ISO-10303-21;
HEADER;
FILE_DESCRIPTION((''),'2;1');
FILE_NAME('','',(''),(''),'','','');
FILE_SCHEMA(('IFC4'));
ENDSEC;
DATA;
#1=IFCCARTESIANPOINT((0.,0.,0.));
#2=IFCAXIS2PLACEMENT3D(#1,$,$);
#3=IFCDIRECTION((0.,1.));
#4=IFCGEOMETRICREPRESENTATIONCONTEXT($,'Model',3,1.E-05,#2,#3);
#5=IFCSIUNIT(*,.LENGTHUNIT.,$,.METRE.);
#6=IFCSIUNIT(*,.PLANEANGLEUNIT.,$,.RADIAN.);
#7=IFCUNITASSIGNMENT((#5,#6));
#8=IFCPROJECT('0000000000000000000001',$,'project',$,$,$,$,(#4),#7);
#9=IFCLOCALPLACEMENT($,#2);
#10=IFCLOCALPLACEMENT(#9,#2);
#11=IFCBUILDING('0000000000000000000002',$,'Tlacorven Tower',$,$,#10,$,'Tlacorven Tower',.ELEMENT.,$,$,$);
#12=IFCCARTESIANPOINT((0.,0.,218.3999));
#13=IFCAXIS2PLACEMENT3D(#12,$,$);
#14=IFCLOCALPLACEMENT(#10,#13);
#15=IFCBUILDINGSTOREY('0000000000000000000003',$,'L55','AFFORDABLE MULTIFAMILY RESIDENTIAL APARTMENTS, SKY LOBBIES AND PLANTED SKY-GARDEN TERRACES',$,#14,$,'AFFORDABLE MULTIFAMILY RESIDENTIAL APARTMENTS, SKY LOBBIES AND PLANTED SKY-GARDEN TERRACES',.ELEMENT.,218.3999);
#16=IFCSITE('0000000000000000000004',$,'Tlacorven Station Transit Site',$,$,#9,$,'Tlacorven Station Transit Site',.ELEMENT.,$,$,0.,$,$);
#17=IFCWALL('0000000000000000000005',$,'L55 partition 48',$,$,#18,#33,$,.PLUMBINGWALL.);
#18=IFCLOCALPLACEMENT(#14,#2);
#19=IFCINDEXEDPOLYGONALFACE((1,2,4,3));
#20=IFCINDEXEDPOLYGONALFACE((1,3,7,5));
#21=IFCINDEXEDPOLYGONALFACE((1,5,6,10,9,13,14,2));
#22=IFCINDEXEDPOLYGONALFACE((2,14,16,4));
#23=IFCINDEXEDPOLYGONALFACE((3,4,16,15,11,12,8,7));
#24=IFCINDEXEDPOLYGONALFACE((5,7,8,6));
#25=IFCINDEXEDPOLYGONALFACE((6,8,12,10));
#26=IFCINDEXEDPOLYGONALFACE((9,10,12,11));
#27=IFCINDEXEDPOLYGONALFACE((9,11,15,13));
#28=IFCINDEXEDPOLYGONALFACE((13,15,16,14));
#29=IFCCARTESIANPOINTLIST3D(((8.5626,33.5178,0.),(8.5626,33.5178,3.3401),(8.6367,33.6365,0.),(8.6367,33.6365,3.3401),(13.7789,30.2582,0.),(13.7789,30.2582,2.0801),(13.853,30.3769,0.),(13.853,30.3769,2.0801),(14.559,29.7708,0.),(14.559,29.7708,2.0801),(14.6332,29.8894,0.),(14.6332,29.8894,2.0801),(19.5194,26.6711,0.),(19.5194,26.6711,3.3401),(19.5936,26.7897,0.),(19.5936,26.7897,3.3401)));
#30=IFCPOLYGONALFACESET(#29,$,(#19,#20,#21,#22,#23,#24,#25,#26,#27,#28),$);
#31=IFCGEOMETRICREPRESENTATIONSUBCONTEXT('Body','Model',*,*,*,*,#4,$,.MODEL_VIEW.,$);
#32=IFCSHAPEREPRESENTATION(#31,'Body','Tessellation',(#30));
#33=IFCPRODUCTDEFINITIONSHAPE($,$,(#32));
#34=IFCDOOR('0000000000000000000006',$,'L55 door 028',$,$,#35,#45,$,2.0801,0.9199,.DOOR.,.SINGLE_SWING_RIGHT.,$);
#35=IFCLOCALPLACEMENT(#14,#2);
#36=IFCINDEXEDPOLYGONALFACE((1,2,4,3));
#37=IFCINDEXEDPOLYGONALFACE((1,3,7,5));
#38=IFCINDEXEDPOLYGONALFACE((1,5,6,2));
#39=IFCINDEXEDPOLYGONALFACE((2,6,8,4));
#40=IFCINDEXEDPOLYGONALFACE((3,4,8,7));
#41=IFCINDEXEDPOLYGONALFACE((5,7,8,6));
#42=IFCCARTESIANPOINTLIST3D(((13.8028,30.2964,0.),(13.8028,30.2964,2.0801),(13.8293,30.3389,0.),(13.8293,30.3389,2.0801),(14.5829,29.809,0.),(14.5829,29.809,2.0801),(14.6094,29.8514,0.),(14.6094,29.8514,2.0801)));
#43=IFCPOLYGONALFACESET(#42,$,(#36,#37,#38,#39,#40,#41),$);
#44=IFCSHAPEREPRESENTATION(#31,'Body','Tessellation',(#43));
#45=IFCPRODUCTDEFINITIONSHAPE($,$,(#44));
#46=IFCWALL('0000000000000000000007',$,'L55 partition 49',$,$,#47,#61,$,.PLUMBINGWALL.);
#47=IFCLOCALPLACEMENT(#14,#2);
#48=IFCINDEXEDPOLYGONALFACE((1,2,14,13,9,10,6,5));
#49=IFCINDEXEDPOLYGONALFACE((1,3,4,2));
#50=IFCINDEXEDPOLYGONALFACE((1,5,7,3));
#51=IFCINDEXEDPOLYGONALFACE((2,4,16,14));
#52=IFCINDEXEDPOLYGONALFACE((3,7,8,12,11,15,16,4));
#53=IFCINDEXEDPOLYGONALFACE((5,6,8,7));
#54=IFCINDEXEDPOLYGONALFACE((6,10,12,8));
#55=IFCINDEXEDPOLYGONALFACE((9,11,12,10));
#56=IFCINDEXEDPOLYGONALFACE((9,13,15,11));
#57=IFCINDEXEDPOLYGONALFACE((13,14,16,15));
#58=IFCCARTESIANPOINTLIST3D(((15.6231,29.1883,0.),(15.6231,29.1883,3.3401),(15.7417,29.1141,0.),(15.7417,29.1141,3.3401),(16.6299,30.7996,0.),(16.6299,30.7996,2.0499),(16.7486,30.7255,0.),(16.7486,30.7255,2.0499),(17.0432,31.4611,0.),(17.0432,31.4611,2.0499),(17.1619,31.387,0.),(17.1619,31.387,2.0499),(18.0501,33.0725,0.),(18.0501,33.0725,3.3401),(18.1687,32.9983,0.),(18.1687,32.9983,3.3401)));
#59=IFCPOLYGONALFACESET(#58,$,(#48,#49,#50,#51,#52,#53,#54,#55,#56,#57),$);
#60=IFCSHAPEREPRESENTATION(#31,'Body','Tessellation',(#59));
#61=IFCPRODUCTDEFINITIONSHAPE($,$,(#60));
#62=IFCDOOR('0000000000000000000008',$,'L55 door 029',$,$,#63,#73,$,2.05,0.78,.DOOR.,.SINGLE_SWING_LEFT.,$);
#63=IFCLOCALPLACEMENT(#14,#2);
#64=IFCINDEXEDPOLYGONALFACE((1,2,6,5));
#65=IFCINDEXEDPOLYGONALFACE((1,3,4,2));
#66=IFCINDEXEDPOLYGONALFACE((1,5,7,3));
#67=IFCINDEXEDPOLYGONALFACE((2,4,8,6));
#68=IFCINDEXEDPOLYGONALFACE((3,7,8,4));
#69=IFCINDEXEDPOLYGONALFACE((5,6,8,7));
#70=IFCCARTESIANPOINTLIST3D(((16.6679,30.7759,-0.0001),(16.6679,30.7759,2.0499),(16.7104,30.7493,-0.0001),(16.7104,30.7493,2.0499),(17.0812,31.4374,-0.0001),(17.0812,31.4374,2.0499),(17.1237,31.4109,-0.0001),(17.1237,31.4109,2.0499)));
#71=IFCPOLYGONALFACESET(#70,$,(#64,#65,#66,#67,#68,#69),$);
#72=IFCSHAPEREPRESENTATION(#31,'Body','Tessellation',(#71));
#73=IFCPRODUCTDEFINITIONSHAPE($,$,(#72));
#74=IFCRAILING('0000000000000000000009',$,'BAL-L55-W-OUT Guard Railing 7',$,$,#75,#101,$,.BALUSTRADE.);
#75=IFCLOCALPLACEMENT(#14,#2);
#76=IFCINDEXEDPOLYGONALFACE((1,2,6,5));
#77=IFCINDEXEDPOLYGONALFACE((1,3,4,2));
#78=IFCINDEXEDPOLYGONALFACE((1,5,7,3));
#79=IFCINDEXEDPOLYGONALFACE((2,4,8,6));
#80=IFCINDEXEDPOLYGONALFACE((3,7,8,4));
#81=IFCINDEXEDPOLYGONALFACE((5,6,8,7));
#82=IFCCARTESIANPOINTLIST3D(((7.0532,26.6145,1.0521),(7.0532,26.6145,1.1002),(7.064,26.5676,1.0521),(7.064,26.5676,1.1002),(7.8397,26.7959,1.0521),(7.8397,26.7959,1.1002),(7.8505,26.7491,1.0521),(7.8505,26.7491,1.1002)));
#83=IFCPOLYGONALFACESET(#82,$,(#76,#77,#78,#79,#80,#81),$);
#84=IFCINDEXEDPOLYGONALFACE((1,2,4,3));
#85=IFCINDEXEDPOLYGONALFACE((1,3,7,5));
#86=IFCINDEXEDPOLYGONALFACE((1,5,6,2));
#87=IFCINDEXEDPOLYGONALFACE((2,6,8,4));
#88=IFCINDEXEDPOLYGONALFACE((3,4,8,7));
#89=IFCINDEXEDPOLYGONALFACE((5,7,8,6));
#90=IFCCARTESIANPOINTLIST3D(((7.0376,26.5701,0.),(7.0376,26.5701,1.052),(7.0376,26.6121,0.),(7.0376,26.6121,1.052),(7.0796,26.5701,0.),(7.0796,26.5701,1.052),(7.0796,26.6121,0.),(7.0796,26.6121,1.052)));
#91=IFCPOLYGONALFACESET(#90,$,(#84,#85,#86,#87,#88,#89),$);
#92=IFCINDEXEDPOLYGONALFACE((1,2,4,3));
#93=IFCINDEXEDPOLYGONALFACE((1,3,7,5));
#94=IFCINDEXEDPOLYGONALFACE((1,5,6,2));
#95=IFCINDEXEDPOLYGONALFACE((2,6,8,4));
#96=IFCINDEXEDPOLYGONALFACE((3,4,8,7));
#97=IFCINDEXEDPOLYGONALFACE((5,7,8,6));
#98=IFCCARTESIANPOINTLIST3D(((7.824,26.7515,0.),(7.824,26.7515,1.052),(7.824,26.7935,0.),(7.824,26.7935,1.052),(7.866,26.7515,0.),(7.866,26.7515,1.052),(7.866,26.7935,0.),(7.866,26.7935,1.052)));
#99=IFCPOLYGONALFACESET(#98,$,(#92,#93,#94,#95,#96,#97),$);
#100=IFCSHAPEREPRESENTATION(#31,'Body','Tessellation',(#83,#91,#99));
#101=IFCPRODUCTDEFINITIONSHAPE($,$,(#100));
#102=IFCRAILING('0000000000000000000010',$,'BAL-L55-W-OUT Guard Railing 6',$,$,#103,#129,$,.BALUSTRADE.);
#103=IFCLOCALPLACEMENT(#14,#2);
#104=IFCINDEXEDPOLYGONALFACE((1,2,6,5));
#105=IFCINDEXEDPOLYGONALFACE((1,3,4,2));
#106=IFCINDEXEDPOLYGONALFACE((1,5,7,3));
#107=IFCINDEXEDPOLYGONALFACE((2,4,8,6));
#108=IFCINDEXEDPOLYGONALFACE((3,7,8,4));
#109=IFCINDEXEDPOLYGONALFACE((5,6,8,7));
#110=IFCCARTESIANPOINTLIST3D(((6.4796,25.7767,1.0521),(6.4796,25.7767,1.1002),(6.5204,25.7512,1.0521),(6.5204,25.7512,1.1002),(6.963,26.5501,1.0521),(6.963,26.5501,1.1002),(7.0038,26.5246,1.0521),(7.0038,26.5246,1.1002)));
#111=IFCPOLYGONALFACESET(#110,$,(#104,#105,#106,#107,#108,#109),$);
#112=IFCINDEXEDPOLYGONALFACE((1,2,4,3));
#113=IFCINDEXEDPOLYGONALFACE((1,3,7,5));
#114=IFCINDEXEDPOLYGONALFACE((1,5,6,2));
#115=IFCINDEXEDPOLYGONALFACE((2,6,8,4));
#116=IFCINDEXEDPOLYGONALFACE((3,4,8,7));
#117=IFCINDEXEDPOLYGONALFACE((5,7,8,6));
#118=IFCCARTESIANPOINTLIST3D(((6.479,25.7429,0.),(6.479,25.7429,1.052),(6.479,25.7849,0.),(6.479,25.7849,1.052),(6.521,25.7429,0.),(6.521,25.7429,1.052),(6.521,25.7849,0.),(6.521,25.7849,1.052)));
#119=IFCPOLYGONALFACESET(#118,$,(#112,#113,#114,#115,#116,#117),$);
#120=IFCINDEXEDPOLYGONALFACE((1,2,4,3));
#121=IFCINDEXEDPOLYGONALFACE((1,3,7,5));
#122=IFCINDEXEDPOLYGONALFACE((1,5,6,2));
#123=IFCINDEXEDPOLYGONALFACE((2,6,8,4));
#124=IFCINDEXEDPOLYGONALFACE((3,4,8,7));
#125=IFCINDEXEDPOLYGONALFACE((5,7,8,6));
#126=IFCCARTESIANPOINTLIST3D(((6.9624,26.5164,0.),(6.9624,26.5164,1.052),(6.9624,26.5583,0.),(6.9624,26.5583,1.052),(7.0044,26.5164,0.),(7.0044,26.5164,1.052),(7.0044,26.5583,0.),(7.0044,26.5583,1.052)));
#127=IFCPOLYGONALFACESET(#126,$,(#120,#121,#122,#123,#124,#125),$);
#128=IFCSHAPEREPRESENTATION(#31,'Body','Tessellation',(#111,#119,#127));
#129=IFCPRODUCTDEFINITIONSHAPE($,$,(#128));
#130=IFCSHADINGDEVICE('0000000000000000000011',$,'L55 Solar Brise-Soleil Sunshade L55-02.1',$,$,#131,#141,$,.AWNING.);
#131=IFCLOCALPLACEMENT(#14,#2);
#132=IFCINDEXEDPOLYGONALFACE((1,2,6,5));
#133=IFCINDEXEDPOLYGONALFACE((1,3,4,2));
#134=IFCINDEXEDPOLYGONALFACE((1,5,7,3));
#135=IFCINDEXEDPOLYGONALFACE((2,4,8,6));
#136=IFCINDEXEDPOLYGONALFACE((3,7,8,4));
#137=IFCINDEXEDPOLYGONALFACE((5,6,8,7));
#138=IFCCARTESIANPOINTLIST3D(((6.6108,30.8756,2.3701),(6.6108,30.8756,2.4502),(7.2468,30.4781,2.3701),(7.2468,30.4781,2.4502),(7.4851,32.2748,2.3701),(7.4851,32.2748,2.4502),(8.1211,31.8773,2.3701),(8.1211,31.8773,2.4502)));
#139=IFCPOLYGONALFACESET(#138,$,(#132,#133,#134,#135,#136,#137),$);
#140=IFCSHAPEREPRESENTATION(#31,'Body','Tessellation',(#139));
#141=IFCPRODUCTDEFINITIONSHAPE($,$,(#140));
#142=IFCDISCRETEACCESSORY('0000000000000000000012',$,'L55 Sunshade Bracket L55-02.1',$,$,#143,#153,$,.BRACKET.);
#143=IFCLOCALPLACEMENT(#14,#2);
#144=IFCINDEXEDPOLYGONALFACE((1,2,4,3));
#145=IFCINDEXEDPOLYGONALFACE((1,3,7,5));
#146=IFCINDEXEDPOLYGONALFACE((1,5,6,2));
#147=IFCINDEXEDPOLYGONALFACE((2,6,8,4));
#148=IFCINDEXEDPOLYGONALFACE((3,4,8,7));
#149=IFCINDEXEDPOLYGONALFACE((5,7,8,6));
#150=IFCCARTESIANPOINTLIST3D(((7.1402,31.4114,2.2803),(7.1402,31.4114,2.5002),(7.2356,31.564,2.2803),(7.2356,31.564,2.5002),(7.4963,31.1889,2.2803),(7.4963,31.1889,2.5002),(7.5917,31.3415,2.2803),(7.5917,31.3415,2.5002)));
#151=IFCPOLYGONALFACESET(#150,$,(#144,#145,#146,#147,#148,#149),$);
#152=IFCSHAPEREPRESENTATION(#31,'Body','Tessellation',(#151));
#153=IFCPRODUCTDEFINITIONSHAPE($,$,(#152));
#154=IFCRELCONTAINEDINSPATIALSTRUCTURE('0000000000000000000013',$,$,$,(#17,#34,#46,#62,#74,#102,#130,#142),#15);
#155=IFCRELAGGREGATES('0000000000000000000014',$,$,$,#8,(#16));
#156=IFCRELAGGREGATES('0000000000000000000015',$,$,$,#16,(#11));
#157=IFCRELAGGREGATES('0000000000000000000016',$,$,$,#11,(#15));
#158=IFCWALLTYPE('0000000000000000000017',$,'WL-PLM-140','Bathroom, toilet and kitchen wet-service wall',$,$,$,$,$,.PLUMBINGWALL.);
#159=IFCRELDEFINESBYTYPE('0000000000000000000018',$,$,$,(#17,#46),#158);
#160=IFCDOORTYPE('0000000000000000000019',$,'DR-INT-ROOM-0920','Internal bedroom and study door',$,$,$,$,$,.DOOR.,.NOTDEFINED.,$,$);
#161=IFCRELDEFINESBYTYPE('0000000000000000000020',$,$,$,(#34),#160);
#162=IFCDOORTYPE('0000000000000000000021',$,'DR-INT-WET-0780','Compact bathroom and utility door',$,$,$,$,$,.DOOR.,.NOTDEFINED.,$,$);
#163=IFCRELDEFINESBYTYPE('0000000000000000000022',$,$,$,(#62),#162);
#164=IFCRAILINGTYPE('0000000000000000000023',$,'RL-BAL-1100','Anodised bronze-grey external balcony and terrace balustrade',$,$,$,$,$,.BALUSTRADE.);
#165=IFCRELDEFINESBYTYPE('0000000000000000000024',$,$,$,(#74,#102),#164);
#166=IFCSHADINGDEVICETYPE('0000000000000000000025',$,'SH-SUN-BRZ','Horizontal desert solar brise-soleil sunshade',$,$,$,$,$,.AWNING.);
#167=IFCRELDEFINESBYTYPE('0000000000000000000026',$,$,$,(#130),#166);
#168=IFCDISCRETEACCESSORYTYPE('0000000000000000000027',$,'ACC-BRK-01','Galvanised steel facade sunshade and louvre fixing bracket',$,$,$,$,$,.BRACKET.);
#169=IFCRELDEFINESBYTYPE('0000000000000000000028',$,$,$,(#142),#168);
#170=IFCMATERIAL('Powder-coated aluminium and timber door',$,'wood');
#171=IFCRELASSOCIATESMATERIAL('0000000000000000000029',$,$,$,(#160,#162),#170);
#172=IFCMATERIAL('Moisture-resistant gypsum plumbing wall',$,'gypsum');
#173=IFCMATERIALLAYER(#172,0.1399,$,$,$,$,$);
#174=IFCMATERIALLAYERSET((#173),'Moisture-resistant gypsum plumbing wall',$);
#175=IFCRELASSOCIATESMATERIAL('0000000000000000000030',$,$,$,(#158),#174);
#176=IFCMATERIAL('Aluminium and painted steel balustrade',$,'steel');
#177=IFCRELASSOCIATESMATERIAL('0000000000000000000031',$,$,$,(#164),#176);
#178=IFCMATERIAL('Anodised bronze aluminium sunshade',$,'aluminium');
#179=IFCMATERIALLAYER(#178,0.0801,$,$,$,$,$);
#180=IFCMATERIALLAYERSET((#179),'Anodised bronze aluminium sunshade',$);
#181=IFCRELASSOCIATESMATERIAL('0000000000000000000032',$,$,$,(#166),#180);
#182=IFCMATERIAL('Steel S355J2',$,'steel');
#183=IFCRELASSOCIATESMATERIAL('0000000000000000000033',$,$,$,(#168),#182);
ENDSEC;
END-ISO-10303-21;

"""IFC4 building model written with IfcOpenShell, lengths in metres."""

from ifc_helpers import new_model, si_unit, direction, frame, frame_2d, origin, origin_2d, place, context, subcontext, project, spatial, rectangle, extrude, source, transform, mapped, material, layer, layer_set, type_object, element, fill, save


model = new_model("IFC4")

# Units and contexts
model_context = context("Model", 3, precision=1e-05, world=origin(), true_north=direction((0.0, 1.0)))
body_context = subcontext(model_context, "Body", "Model", "MODEL_VIEW")
ifc_project = project(units=[si_unit("LENGTHUNIT", "METRE"), si_unit("PLANEANGLEUNIT", "RADIAN")], contexts=[model_context])

# Site, building, storey
site_placement = place(None, origin())
site = spatial("IfcSite", under=ifc_project, at=site_placement, Name="Tlacorven Station Transit Site", LongName="Tlacorven Station Transit Site", CompositionType="ELEMENT", RefElevation=0.0)
building_placement = place(site_placement, origin())
building = spatial("IfcBuilding", under=site, at=building_placement, Name="Tlacorven Tower", LongName="Tlacorven Tower", CompositionType="ELEMENT")
storey_placement = place(building_placement, frame((0.0, 0.0, 218.3999)))
storey = spatial("IfcBuildingStorey", under=building, at=storey_placement, Name="L55", Description="AFFORDABLE MULTIFAMILY RESIDENTIAL APARTMENTS, SKY LOBBIES AND PLANTED SKY-GARDEN TERRACES", LongName="AFFORDABLE MULTIFAMILY RESIDENTIAL APARTMENTS, SKY LOBBIES AND PLANTED SKY-GARDEN TERRACES", CompositionType="ELEMENT", Elevation=218.3999)

# Shared definitions
ifc_material_1 = material(Name="Steel S355J2", Category="steel")

# Walls, openings, doors
ifc_material_2 = material(Name="Powder-coated aluminium and timber door", Category="wood")
door_type_1 = type_object("IfcDoorType", Name="DR-INT-ROOM-0920", Description="Internal bedroom and study door", OperationType="NOTDEFINED", PredefinedType="DOOR", material=ifc_material_2)
shared_shape_1 = source(origin(), body_context, "Body", "SweptSolid", [
    extrude(rectangle(XDim=0.9199, YDim=2.0801, at=frame_2d((0.46, 1.04))), frame((0.0, 0.0249, 0.0), z_axis=(0.0, -1.0, 0.0), x_axis=(1.0, 0.0, 0.0)), (0.0, 0.0, 1.0), 0.05),
])
ifc_material_3 = material(Name="Moisture-resistant gypsum plumbing wall", Category="gypsum")
ifc_layer_1 = layer(ifc_material_3, 0.1399)
ifc_layer_set_1 = layer_set([ifc_layer_1], Name="Moisture-resistant gypsum plumbing wall")
wall_type_1 = type_object("IfcWallType", Name="WL-PLM-140", Description="Bathroom, toilet and kitchen wet-service wall", PredefinedType="PLUMBINGWALL", material=ifc_layer_set_1)
wall_1_placement = place(storey_placement, frame((19.5564, 26.7305, 0.0), z_axis=(0.0, 0.0, 1.0), x_axis=(-0.848044, 0.529926, 0.0)))
wall_1 = element("IfcWall", 1, at=wall_1_placement, inside=storey, type_object=wall_type_1, Name="L55 partition 48", PredefinedType="PLUMBINGWALL", context=body_context, shape_type="SweptSolid", body=[
    extrude(rectangle(XDim=12.9202, YDim=0.1399, at=frame_2d((6.46, 0.0))), origin(), (0.0, 0.0, 1.0), 3.3401),
])
opening_1_placement = place(wall_1_placement, frame((5.8491, 0.0, 0.0)))
opening_1 = element("IfcOpeningElement", 2, at=opening_1_placement, cuts=wall_1, PredefinedType="OPENING", context=body_context, shape_type="SweptSolid", body=[
    extrude(rectangle(XDim=0.9199, YDim=2.0801, at=frame_2d((0.46, 1.04))), frame((0.0, 0.0801, 0.0), z_axis=(0.0, -1.0, 0.0), x_axis=(1.0, 0.0, 0.0)), (0.0, 0.0, 1.0), 0.1599),
])
door_1_placement = place(opening_1_placement, origin())
door_1 = element("IfcDoor", 3, at=door_1_placement, inside=storey, type_object=door_type_1, Name="L55 door 028", OperationType="SINGLE_SWING_RIGHT", OverallHeight=2.0801, OverallWidth=0.9199, PredefinedType="DOOR", context=body_context, shape_type="MappedRepresentation", body=[
    mapped(shared_shape_1, transform((0.0, 0.0, 0.0), scale=1.0)),
])
fill(opening_1, door_1)
wall_2_placement = place(storey_placement, frame((18.1094, 33.0354, 0.0), z_axis=(0.0, 0.0, 1.0), x_axis=(-0.529894, -0.848064, 0.0)))
wall_2 = element("IfcWall", 4, at=wall_2_placement, inside=storey, type_object=wall_type_1, Name="L55 partition 49", PredefinedType="PLUMBINGWALL", context=body_context, shape_type="SweptSolid", body=[
    extrude(rectangle(XDim=4.5801, YDim=0.1399, at=frame_2d((2.29, 0.0))), origin(), (0.0, 0.0, 1.0), 3.3401),
])
opening_2_placement = place(wall_2_placement, frame((1.8999, 0.0, 0.0)))
opening_2 = element("IfcOpeningElement", 5, at=opening_2_placement, cuts=wall_2, PredefinedType="OPENING", context=body_context, shape_type="SweptSolid", body=[
    extrude(rectangle(XDim=0.78, YDim=2.05, at=frame_2d((0.3901, 1.0249))), frame((0.0, 0.0801, 0.0), z_axis=(0.0, -1.0, 0.0), x_axis=(1.0, 0.0, 0.0)), (0.0, 0.0, 1.0), 0.1599),
])
door_type_2 = type_object("IfcDoorType", Name="DR-INT-WET-0780", Description="Compact bathroom and utility door", OperationType="NOTDEFINED", PredefinedType="DOOR", material=ifc_material_2)
shared_shape_2 = source(origin(), body_context, "Body", "SweptSolid", [
    extrude(rectangle(XDim=0.78, YDim=2.05, at=frame_2d((0.3901, 1.0249))), frame((0.0, 0.0249, 0.0), z_axis=(0.0, -1.0, 0.0), x_axis=(1.0, 0.0, 0.0)), (0.0, 0.0, 1.0), 0.05),
])
door_2_placement = place(opening_2_placement, origin())
door_2 = element("IfcDoor", 6, at=door_2_placement, inside=storey, type_object=door_type_2, Name="L55 door 029", OperationType="SINGLE_SWING_LEFT", OverallHeight=2.05, OverallWidth=0.78, PredefinedType="DOOR", context=body_context, shape_type="MappedRepresentation", body=[
    mapped(shared_shape_2, transform((0.0, 0.0, 0.0), scale=1.0)),
])
fill(opening_2, door_2)

# Railings
ifc_material_4 = material(Name="Aluminium and painted steel balustrade", Category="steel")
railing_type = type_object("IfcRailingType", Name="RL-BAL-1100", Description="Anodised bronze-grey external balcony and terrace balustrade", PredefinedType="BALUSTRADE", material=ifc_material_4)
shared_shape_3 = source(origin(), body_context, "Body", "SweptSolid", [
    extrude(rectangle(XDim=0.0481, YDim=0.0481, at=origin_2d()), frame((0.0, 0.0, 1.0762), z_axis=(0.974412, 0.224771, 0.0), x_axis=(-0.224771, 0.974412, 0.0)), (0.0, 0.0, 1.0), 0.8071),
    extrude(rectangle(XDim=0.042, YDim=0.042, at=origin_2d()), origin(), (0.0, 0.0, 1.0), 1.052),
    extrude(rectangle(XDim=0.042, YDim=0.042, at=origin_2d()), frame((0.7864, 0.1814, 0.0)), (0.0, 0.0, 1.0), 1.052),
])
railing_1_placement = place(storey_placement, frame((7.0586, 26.5911, 0.0)))
element("IfcRailing", 7, at=railing_1_placement, inside=storey, type_object=railing_type, Name="BAL-L55-W-OUT Guard Railing 7", PredefinedType="BALUSTRADE", context=body_context, shape_type="MappedRepresentation", body=[
    mapped(shared_shape_3, transform((0.0, 0.0, 0.0), scale=1.0)),
])
shared_shape_4 = source(origin(), body_context, "Body", "SweptSolid", [
    extrude(rectangle(XDim=0.0481, YDim=0.0481, at=origin_2d()), frame((0.0, 0.0, 1.0762), z_axis=(0.529999, 0.847998, 0.0), x_axis=(-0.847998, 0.529999, 0.0)), (0.0, 0.0, 1.0), 0.9121),
    extrude(rectangle(XDim=0.042, YDim=0.042, at=origin_2d()), origin(), (0.0, 0.0, 1.0), 1.052),
    extrude(rectangle(XDim=0.042, YDim=0.042, at=origin_2d()), frame((0.4834, 0.7734, 0.0)), (0.0, 0.0, 1.0), 1.052),
])
railing_2_placement = place(storey_placement, frame((6.5, 25.7639, 0.0)))
element("IfcRailing", 8, at=railing_2_placement, inside=storey, type_object=railing_type, Name="BAL-L55-W-OUT Guard Railing 6", PredefinedType="BALUSTRADE", context=body_context, shape_type="MappedRepresentation", body=[
    mapped(shared_shape_4, transform((0.0, 0.0, 0.0), scale=1.0)),
])

# Shading device
ifc_material_5 = material(Name="Anodised bronze aluminium sunshade", Category="aluminium")
ifc_layer_2 = layer(ifc_material_5, 0.0801)
ifc_layer_set_2 = layer_set([ifc_layer_2], Name="Anodised bronze aluminium sunshade")
shading_device_type = type_object("IfcShadingDeviceType", Name="SH-SUN-BRZ", Description="Horizontal desert solar brise-soleil sunshade", PredefinedType="AWNING", material=ifc_layer_set_2)
shared_shape_5 = source(origin(), body_context, "Body", "SweptSolid", [
    extrude(rectangle(XDim=1.6499, YDim=0.75, at=origin_2d()), origin(), (0.0, 0.0, 1.0), 0.0801),
])
shading_device_placement = place(storey_placement, frame((7.366, 31.3765, 2.3701), z_axis=(0.0, 0.0, 1.0), x_axis=(0.529919, 0.848048, 0.0)))
element("IfcShadingDevice", 9, at=shading_device_placement, inside=storey, type_object=shading_device_type, Name="L55 Solar Brise-Soleil Sunshade L55-02.1", PredefinedType="AWNING", context=body_context, shape_type="MappedRepresentation", body=[
    mapped(shared_shape_5, transform((0.0, 0.0, 0.0), scale=1.0)),
])

# Discrete accessory
discrete_accessory_type = type_object("IfcDiscreteAccessoryType", Name="ACC-BRK-01", Description="Galvanised steel facade sunshade and louvre fixing bracket", PredefinedType="BRACKET", material=ifc_material_1)
shared_shape_6 = source(origin(), body_context, "Body", "SweptSolid", [
    extrude(rectangle(XDim=0.1799, YDim=0.4199, at=origin_2d()), origin(), (0.0, 0.0, 1.0), 0.22),
])
discrete_accessory_placement = place(storey_placement, frame((7.366, 31.3765, 2.2803), z_axis=(0.0, 0.0, 1.0), x_axis=(0.529919, 0.848048, 0.0)))
element("IfcDiscreteAccessory", 10, at=discrete_accessory_placement, inside=storey, type_object=discrete_accessory_type, Name="L55 Sunshade Bracket L55-02.1", PredefinedType="BRACKET", context=body_context, shape_type="MappedRepresentation", body=[
    mapped(shared_shape_6, transform((0.0, 0.0, 0.0), scale=1.0)),
])

save(model, "model.ifc")
